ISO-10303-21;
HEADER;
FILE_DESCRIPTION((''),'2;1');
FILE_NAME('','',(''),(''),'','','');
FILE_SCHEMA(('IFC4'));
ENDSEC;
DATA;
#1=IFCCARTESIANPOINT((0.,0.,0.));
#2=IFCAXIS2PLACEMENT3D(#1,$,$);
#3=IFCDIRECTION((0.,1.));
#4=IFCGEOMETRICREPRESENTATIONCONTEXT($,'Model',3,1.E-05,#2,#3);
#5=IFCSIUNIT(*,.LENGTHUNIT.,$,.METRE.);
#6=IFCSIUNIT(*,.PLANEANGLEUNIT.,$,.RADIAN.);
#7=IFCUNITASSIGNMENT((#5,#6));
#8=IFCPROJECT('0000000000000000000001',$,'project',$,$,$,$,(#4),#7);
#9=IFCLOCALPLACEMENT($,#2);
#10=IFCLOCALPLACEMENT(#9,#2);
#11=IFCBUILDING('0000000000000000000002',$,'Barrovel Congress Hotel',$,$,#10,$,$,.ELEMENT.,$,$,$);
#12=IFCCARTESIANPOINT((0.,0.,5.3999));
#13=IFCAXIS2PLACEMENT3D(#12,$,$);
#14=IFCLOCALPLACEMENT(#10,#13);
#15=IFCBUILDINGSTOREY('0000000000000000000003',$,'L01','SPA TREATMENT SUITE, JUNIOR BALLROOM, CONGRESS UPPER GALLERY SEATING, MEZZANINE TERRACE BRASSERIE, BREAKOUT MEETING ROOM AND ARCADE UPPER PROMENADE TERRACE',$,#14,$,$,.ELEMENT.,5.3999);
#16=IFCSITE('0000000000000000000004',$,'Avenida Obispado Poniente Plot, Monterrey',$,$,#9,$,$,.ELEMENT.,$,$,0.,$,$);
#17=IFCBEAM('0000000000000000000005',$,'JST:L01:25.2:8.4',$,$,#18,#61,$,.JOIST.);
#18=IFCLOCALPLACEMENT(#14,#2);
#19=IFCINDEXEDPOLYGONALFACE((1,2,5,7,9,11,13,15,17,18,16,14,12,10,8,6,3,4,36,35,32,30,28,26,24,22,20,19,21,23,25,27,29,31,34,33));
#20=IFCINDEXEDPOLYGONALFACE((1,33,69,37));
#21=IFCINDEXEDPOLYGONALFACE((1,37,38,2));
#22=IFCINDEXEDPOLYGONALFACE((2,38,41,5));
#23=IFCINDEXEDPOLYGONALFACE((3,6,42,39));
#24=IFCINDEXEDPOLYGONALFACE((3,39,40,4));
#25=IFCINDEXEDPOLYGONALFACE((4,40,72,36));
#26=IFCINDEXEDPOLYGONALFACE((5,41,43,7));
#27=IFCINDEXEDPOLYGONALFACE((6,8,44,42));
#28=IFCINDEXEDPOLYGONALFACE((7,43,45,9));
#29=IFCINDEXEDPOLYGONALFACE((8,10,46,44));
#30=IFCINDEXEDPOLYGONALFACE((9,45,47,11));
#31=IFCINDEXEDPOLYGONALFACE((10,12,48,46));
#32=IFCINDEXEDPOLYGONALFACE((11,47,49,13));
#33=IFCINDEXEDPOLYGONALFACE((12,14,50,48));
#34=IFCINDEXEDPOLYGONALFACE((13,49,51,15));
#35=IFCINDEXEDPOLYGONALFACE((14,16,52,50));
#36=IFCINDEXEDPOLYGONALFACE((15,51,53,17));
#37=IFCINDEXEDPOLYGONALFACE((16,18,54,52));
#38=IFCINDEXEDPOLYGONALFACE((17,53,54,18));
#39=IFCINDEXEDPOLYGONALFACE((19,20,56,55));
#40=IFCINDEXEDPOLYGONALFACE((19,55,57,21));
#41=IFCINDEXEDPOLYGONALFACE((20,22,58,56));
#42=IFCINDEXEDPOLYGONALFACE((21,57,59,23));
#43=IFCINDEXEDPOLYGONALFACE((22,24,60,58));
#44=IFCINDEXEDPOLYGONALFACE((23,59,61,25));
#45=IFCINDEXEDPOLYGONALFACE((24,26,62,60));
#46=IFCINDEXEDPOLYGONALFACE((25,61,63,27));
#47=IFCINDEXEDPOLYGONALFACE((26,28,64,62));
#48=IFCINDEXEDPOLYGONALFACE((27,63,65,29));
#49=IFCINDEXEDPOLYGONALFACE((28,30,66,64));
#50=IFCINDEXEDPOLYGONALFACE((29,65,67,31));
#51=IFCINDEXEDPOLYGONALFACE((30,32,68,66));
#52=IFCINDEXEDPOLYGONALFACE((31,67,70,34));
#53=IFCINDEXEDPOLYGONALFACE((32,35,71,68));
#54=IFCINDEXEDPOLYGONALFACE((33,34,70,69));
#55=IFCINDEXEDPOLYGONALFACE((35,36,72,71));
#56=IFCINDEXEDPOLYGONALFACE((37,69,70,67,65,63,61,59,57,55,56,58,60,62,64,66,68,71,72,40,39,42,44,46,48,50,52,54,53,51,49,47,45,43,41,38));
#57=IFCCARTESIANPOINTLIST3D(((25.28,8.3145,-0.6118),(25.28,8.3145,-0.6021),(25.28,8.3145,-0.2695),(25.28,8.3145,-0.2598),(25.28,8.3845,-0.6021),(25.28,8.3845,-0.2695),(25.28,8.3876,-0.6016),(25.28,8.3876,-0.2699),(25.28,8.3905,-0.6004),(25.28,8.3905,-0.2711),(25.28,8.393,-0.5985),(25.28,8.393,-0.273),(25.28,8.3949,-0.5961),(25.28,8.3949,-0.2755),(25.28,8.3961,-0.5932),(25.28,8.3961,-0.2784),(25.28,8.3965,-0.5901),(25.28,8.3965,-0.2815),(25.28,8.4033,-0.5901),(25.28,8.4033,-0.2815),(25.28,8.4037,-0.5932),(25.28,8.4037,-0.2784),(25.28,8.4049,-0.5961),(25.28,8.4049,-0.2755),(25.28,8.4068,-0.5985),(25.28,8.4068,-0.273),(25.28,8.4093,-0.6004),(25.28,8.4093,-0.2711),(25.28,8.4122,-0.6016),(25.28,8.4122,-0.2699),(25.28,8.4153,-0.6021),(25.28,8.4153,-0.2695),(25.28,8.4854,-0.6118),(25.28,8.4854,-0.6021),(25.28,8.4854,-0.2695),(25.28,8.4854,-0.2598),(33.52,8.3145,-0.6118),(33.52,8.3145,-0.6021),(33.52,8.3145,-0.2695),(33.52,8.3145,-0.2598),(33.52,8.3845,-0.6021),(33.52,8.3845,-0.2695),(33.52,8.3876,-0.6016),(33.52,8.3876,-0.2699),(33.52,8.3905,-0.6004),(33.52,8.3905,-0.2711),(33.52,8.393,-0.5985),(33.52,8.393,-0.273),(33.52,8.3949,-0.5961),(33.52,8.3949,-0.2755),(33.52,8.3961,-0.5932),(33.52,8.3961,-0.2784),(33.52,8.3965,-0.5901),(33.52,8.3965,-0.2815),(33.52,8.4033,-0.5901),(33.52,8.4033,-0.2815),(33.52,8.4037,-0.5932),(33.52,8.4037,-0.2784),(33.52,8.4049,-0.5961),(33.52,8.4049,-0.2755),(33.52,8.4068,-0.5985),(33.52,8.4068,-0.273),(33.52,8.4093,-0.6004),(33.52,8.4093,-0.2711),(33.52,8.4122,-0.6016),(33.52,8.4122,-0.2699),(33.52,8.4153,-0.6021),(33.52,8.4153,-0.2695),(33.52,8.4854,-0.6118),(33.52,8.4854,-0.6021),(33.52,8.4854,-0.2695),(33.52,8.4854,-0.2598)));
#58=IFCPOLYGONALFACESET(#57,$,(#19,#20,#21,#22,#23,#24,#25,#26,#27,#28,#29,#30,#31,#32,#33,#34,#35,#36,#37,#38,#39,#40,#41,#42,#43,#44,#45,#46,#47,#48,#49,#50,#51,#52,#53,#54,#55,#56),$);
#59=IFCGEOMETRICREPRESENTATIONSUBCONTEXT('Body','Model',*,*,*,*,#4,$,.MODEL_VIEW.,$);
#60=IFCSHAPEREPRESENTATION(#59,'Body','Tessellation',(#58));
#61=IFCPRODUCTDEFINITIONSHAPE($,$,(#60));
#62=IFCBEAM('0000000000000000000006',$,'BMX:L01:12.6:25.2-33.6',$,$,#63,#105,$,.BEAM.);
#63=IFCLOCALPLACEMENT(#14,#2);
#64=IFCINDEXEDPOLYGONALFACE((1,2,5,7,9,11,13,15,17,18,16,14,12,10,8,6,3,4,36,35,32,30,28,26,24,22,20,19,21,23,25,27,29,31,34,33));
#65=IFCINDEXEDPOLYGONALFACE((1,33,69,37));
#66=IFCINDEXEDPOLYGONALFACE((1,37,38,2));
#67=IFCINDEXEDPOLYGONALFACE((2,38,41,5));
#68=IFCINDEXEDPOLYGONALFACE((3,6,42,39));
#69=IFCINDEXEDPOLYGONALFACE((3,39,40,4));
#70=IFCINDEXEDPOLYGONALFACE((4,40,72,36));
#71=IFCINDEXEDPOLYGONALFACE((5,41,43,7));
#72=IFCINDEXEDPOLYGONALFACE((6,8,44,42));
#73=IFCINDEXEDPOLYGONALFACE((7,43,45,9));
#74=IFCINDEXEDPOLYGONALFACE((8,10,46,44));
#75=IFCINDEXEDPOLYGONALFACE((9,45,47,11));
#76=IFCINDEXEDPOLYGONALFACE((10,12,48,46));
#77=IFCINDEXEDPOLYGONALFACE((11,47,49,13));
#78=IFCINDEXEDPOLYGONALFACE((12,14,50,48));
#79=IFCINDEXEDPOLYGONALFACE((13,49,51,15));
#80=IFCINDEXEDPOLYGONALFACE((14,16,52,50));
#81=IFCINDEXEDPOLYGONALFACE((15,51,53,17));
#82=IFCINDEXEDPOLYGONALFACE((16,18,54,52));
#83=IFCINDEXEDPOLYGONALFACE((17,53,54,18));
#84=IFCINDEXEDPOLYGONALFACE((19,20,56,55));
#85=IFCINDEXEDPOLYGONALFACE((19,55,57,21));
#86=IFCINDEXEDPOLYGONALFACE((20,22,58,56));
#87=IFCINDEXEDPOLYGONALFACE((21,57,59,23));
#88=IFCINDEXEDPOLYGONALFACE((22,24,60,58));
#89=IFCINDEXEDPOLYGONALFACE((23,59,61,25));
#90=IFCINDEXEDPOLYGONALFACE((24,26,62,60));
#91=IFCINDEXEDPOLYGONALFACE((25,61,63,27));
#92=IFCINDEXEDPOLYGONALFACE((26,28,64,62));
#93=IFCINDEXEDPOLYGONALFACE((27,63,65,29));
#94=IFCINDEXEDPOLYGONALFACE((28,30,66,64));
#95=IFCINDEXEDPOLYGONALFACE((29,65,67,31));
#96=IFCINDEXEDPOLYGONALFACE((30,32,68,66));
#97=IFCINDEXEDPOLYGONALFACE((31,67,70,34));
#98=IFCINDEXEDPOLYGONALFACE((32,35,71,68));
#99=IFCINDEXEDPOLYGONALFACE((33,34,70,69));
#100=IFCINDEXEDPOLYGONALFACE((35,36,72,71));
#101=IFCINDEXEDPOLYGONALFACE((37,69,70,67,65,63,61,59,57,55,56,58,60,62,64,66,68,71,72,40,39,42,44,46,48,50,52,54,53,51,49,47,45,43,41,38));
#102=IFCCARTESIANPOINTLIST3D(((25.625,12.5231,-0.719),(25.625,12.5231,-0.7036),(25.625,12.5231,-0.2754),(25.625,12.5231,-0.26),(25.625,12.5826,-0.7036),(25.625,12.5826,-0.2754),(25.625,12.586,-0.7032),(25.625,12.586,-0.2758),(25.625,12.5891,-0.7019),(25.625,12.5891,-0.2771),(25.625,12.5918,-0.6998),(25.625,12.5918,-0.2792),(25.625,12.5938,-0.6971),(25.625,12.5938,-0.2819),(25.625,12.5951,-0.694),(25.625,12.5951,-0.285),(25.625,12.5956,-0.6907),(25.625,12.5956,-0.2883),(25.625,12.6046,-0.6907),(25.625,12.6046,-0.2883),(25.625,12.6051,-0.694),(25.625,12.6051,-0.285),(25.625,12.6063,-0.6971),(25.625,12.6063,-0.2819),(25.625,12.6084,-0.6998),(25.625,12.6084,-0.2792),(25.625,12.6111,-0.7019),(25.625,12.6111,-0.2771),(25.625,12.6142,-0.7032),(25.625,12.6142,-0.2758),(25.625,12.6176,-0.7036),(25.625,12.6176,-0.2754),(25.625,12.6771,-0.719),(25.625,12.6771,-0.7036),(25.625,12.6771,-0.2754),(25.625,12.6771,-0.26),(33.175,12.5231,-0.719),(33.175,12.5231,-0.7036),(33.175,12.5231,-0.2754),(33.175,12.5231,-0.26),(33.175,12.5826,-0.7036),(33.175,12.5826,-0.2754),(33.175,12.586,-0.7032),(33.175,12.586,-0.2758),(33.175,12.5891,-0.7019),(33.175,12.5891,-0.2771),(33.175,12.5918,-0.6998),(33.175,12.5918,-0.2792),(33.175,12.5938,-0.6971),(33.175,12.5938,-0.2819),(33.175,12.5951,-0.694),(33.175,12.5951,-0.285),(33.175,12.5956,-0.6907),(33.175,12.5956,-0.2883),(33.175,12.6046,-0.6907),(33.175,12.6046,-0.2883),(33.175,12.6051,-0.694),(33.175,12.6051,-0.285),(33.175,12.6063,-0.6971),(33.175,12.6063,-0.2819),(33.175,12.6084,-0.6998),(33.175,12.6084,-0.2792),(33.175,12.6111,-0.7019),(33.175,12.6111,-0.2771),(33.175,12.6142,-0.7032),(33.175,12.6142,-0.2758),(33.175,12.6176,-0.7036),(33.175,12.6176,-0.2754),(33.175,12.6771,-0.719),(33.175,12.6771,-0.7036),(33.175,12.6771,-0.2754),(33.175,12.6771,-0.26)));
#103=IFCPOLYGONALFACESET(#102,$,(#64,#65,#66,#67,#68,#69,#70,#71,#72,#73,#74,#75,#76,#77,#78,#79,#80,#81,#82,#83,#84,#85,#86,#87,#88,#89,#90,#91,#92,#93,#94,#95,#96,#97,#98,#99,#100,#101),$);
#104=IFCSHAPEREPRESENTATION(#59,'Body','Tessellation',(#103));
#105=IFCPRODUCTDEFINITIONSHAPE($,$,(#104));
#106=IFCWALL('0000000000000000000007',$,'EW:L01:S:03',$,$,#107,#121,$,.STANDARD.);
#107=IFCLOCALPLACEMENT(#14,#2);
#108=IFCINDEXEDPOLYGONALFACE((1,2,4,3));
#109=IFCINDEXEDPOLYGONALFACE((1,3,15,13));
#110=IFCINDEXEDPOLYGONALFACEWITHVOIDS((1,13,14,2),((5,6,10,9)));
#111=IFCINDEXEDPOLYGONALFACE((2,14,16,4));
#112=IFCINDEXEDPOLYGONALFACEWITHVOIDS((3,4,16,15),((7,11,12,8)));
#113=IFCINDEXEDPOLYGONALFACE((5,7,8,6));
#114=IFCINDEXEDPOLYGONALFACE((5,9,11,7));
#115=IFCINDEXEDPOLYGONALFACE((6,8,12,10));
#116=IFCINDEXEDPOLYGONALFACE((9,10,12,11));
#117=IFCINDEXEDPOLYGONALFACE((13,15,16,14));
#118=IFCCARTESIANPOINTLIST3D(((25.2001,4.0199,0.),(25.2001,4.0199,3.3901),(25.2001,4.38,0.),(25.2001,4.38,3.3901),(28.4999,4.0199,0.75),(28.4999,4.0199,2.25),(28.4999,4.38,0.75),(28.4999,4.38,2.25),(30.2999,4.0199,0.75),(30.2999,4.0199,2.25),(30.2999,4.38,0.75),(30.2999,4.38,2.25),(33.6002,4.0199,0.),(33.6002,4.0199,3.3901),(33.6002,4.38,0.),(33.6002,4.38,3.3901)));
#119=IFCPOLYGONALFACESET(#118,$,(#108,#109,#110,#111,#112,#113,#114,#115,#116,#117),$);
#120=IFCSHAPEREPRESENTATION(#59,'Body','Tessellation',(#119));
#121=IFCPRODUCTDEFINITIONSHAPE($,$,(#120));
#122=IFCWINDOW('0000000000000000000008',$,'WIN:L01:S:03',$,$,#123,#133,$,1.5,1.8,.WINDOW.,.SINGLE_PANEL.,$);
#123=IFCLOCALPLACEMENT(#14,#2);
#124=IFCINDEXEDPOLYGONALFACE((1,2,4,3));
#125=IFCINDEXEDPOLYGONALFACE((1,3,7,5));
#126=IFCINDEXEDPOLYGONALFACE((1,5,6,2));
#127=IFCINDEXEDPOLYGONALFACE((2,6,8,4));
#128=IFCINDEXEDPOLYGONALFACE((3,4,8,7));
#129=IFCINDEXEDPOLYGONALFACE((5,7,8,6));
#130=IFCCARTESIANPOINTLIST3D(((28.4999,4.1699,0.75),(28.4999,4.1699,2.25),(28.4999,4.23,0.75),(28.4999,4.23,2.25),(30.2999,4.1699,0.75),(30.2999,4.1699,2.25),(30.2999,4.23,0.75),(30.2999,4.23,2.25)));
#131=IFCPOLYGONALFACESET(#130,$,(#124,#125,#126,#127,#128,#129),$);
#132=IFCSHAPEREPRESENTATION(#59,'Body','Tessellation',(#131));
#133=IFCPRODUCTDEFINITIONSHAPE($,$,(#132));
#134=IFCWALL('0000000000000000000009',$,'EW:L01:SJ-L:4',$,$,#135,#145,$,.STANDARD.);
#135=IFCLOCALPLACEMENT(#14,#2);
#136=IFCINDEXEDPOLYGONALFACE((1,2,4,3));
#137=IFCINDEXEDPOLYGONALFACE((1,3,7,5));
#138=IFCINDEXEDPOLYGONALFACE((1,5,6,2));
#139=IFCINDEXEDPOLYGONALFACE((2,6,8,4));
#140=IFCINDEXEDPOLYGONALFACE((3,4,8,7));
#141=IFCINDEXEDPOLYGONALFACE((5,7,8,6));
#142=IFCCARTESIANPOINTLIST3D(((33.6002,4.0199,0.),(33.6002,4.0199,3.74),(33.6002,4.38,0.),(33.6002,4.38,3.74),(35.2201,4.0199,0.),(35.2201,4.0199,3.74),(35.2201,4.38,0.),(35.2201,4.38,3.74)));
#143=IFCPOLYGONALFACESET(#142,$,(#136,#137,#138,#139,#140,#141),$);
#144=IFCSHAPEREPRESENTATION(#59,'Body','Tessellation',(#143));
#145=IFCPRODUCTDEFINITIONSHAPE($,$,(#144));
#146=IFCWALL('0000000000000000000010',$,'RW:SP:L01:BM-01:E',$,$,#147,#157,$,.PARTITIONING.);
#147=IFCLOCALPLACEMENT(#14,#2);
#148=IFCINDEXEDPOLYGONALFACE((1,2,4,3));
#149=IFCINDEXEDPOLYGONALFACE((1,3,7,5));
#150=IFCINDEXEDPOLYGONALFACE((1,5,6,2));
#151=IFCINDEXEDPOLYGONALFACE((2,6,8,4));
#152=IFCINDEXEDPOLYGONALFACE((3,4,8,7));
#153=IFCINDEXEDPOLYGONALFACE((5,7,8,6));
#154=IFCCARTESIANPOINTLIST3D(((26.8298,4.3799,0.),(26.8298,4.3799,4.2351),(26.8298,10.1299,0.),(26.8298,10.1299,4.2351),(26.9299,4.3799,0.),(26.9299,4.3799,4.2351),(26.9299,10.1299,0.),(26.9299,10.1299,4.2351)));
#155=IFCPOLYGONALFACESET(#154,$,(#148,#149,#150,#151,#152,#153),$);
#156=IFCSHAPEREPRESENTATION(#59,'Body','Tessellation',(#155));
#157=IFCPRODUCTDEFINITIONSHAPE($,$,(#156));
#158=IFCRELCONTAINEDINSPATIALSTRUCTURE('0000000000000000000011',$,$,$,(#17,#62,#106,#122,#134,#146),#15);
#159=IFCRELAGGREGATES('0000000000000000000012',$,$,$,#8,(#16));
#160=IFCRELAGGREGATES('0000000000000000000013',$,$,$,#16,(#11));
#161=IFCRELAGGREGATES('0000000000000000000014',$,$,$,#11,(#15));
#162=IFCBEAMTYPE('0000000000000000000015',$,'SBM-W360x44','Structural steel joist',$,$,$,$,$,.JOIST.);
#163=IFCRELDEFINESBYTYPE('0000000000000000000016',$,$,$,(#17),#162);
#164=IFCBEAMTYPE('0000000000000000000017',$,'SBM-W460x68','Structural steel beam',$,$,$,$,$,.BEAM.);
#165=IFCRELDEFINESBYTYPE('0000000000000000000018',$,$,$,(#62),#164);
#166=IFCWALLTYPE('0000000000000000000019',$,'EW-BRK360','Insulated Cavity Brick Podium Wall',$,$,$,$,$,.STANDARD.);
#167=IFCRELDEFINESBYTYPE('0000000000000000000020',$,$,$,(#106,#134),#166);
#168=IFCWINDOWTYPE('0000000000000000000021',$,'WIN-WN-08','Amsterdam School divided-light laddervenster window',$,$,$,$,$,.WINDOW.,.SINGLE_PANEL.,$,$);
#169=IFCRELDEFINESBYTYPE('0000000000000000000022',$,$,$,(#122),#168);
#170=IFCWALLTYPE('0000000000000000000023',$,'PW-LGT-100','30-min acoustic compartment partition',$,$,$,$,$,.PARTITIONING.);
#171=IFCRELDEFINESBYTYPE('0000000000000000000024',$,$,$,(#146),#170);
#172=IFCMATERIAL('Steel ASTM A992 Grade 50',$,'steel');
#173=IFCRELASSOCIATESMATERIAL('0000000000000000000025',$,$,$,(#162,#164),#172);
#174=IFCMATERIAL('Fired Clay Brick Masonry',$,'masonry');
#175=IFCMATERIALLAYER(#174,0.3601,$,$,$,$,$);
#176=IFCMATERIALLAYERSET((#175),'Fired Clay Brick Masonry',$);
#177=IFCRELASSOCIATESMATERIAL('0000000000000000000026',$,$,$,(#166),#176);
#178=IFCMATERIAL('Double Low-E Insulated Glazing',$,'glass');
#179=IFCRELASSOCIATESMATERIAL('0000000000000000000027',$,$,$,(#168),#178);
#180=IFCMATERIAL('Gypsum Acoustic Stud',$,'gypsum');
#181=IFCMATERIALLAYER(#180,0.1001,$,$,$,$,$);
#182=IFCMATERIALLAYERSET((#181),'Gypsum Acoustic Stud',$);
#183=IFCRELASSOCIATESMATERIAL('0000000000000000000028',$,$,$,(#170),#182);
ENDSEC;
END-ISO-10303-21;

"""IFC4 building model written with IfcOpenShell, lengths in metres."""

from ifc_helpers import new_model, si_unit, direction, frame, frame_2d, origin, origin_2d, place, context, subcontext, project, spatial, rectangle, i_section, extrude, material, layer, layer_set, material_profile, profile_set, type_object, element, fill, save


model = new_model("IFC4")

# Units and contexts
model_context = context("Model", 3, precision=1e-05, world=origin(), true_north=direction((0.0, 1.0)))
body_context = subcontext(model_context, "Body", "Model", "MODEL_VIEW")
ifc_project = project(units=[si_unit("LENGTHUNIT", "METRE"), si_unit("PLANEANGLEUNIT", "RADIAN")], contexts=[model_context])

# Site, building, storey
site_placement = place(None, origin())
site = spatial("IfcSite", under=ifc_project, at=site_placement, Name="Avenida Obispado Poniente Plot, Monterrey", CompositionType="ELEMENT", RefElevation=0.0)
building_placement = place(site_placement, origin())
building = spatial("IfcBuilding", under=site, at=building_placement, Name="Barrovel Congress Hotel", CompositionType="ELEMENT")
storey_placement = place(building_placement, frame((0.0, 0.0, 5.3999)))
storey = spatial("IfcBuildingStorey", under=building, at=storey_placement, Name="L01", Description="SPA TREATMENT SUITE, JUNIOR BALLROOM, CONGRESS UPPER GALLERY SEATING, MEZZANINE TERRACE BRASSERIE, BREAKOUT MEETING ROOM AND ARCADE UPPER PROMENADE TERRACE", CompositionType="ELEMENT", Elevation=5.3999)

# Beams
ifc_material_1 = material(Name="Steel ASTM A992 Grade 50", Category="steel")
ifc_material_profile_1 = material_profile(ifc_material_1, i_section(OverallWidth=0.1709, OverallDepth=0.3521, WebThickness=0.0068, FlangeThickness=0.0098, FilletRadius=0.012, at=origin_2d()), Name="W360x44")
ifc_profile_set_1 = profile_set([ifc_material_profile_1], Name="Steel ASTM A992 Grade 50")
beam_type_1 = type_object("IfcBeamType", Name="SBM-W360x44", Description="Structural steel joist", PredefinedType="JOIST", material=ifc_profile_set_1)
beam_1_placement = place(storey_placement, frame((25.28, 8.3999, -0.4358), z_axis=(1.0, 0.0, 0.0), x_axis=(0.0, 1.0, 0.0)))
element("IfcBeam", 1, at=beam_1_placement, inside=storey, type_object=beam_type_1, Name="JST:L01:25.2:8.4", PredefinedType="JOIST", context=body_context, shape_type="SweptSolid", body=[
    extrude(i_section(OverallWidth=0.1709, OverallDepth=0.3521, WebThickness=0.0068, FlangeThickness=0.0098, FilletRadius=0.012, at=origin_2d()), origin(), (0.0, 0.0, 1.0), 8.24),
])
ifc_material_profile_2 = material_profile(ifc_material_1, i_section(OverallWidth=0.1541, OverallDepth=0.459, WebThickness=0.009, FlangeThickness=0.0154, FilletRadius=0.0129, at=origin_2d()), Name="W460x68")
ifc_profile_set_2 = profile_set([ifc_material_profile_2], Name="Steel ASTM A992 Grade 50")
beam_type_2 = type_object("IfcBeamType", Name="SBM-W460x68", Description="Structural steel beam", PredefinedType="BEAM", material=ifc_profile_set_2)
beam_2_placement = place(storey_placement, frame((25.625, 12.6001, -0.4895), z_axis=(1.0, 0.0, 0.0), x_axis=(0.0, 1.0, 0.0)))
element("IfcBeam", 2, at=beam_2_placement, inside=storey, type_object=beam_type_2, Name="BMX:L01:12.6:25.2-33.6", PredefinedType="BEAM", context=body_context, shape_type="SweptSolid", body=[
    extrude(i_section(OverallWidth=0.1541, OverallDepth=0.459, WebThickness=0.009, FlangeThickness=0.0154, FilletRadius=0.0129, at=origin_2d()), origin(), (0.0, 0.0, 1.0), 7.55),
])

# Wall, opening, window
ifc_material_2 = material(Name="Fired Clay Brick Masonry", Category="masonry")
ifc_layer_1 = layer(ifc_material_2, 0.3601)
ifc_layer_set_1 = layer_set([ifc_layer_1], Name="Fired Clay Brick Masonry")
wall_type_1 = type_object("IfcWallType", Name="EW-BRK360", Description="Insulated Cavity Brick Podium Wall", PredefinedType="STANDARD", material=ifc_layer_set_1)
wall_1_placement = place(storey_placement, frame((25.2, 4.2, 0.0), z_axis=(0.0, 0.0, 1.0), x_axis=(1.0, 0.0, 0.0)))
wall_1 = element("IfcWall", 3, at=wall_1_placement, inside=storey, type_object=wall_type_1, Name="EW:L01:S:03", PredefinedType="STANDARD", context=body_context, shape_type="SweptSolid", body=[
    extrude(rectangle(XDim=8.4001, YDim=0.3601, at=frame_2d((4.2002, 0.0))), origin(), (0.0, 0.0, 1.0), 3.3901),
])
opening_1_placement = place(wall_1_placement, frame((3.3, 0.0, 0.75)))
opening_1 = element("IfcOpeningElement", 4, at=opening_1_placement, cuts=wall_1, PredefinedType="OPENING", context=body_context, shape_type="SweptSolid", body=[
    extrude(rectangle(XDim=1.8, YDim=1.5, at=frame_2d((0.8999, 0.75))), frame((0.0, 0.1899, 0.0), z_axis=(0.0, -1.0, 0.0), x_axis=(1.0, 0.0, 0.0)), (0.0, 0.0, 1.0), 0.3801),
])
ifc_material_3 = material(Name="Double Low-E Insulated Glazing", Category="glass")
window_type = type_object("IfcWindowType", Name="WIN-WN-08", Description="Amsterdam School divided-light laddervenster window", PartitioningType="SINGLE_PANEL", PredefinedType="WINDOW", material=ifc_material_3)
window_placement = place(opening_1_placement, origin())
window = element("IfcWindow", 5, at=window_placement, inside=storey, type_object=window_type, Name="WIN:L01:S:03", OverallHeight=1.5, OverallWidth=1.8, PartitioningType="SINGLE_PANEL", PredefinedType="WINDOW", context=body_context, shape_type="SweptSolid", body=[
    extrude(rectangle(XDim=1.8, YDim=1.5, at=frame_2d((0.8999, 0.75))), frame((0.0, 0.03, 0.0), z_axis=(0.0, -1.0, 0.0), x_axis=(1.0, 0.0, 0.0)), (0.0, 0.0, 1.0), 0.0601),
])
fill(opening_1, window)

# Walls
wall_2_placement = place(storey_placement, frame((33.6001, 4.2, 0.0), z_axis=(0.0, 0.0, 1.0), x_axis=(1.0, 0.0, 0.0)))
element("IfcWall", 6, at=wall_2_placement, inside=storey, type_object=wall_type_1, Name="EW:L01:SJ-L:4", PredefinedType="STANDARD", context=body_context, shape_type="SweptSolid", body=[
    extrude(rectangle(XDim=1.6199, YDim=0.3601, at=frame_2d((0.8101, 0.0))), origin(), (0.0, 0.0, 1.0), 3.74),
])
ifc_material_4 = material(Name="Gypsum Acoustic Stud", Category="gypsum")
ifc_layer_2 = layer(ifc_material_4, 0.1001)
ifc_layer_set_2 = layer_set([ifc_layer_2], Name="Gypsum Acoustic Stud")
wall_type_2 = type_object("IfcWallType", Name="PW-LGT-100", Description="30-min acoustic compartment partition", PredefinedType="PARTITIONING", material=ifc_layer_set_2)
wall_3_placement = place(storey_placement, frame((26.8799, 4.3799, 0.0), z_axis=(0.0, 0.0, 1.0), x_axis=(0.0, 1.0, 0.0)))
element("IfcWall", 7, at=wall_3_placement, inside=storey, type_object=wall_type_2, Name="RW:SP:L01:BM-01:E", PredefinedType="PARTITIONING", context=body_context, shape_type="SweptSolid", body=[
    extrude(rectangle(XDim=5.75, YDim=0.1001, at=frame_2d((2.875, 0.0))), origin(), (0.0, 0.0, 1.0), 4.2351),
])

save(model, "model.ifc")
